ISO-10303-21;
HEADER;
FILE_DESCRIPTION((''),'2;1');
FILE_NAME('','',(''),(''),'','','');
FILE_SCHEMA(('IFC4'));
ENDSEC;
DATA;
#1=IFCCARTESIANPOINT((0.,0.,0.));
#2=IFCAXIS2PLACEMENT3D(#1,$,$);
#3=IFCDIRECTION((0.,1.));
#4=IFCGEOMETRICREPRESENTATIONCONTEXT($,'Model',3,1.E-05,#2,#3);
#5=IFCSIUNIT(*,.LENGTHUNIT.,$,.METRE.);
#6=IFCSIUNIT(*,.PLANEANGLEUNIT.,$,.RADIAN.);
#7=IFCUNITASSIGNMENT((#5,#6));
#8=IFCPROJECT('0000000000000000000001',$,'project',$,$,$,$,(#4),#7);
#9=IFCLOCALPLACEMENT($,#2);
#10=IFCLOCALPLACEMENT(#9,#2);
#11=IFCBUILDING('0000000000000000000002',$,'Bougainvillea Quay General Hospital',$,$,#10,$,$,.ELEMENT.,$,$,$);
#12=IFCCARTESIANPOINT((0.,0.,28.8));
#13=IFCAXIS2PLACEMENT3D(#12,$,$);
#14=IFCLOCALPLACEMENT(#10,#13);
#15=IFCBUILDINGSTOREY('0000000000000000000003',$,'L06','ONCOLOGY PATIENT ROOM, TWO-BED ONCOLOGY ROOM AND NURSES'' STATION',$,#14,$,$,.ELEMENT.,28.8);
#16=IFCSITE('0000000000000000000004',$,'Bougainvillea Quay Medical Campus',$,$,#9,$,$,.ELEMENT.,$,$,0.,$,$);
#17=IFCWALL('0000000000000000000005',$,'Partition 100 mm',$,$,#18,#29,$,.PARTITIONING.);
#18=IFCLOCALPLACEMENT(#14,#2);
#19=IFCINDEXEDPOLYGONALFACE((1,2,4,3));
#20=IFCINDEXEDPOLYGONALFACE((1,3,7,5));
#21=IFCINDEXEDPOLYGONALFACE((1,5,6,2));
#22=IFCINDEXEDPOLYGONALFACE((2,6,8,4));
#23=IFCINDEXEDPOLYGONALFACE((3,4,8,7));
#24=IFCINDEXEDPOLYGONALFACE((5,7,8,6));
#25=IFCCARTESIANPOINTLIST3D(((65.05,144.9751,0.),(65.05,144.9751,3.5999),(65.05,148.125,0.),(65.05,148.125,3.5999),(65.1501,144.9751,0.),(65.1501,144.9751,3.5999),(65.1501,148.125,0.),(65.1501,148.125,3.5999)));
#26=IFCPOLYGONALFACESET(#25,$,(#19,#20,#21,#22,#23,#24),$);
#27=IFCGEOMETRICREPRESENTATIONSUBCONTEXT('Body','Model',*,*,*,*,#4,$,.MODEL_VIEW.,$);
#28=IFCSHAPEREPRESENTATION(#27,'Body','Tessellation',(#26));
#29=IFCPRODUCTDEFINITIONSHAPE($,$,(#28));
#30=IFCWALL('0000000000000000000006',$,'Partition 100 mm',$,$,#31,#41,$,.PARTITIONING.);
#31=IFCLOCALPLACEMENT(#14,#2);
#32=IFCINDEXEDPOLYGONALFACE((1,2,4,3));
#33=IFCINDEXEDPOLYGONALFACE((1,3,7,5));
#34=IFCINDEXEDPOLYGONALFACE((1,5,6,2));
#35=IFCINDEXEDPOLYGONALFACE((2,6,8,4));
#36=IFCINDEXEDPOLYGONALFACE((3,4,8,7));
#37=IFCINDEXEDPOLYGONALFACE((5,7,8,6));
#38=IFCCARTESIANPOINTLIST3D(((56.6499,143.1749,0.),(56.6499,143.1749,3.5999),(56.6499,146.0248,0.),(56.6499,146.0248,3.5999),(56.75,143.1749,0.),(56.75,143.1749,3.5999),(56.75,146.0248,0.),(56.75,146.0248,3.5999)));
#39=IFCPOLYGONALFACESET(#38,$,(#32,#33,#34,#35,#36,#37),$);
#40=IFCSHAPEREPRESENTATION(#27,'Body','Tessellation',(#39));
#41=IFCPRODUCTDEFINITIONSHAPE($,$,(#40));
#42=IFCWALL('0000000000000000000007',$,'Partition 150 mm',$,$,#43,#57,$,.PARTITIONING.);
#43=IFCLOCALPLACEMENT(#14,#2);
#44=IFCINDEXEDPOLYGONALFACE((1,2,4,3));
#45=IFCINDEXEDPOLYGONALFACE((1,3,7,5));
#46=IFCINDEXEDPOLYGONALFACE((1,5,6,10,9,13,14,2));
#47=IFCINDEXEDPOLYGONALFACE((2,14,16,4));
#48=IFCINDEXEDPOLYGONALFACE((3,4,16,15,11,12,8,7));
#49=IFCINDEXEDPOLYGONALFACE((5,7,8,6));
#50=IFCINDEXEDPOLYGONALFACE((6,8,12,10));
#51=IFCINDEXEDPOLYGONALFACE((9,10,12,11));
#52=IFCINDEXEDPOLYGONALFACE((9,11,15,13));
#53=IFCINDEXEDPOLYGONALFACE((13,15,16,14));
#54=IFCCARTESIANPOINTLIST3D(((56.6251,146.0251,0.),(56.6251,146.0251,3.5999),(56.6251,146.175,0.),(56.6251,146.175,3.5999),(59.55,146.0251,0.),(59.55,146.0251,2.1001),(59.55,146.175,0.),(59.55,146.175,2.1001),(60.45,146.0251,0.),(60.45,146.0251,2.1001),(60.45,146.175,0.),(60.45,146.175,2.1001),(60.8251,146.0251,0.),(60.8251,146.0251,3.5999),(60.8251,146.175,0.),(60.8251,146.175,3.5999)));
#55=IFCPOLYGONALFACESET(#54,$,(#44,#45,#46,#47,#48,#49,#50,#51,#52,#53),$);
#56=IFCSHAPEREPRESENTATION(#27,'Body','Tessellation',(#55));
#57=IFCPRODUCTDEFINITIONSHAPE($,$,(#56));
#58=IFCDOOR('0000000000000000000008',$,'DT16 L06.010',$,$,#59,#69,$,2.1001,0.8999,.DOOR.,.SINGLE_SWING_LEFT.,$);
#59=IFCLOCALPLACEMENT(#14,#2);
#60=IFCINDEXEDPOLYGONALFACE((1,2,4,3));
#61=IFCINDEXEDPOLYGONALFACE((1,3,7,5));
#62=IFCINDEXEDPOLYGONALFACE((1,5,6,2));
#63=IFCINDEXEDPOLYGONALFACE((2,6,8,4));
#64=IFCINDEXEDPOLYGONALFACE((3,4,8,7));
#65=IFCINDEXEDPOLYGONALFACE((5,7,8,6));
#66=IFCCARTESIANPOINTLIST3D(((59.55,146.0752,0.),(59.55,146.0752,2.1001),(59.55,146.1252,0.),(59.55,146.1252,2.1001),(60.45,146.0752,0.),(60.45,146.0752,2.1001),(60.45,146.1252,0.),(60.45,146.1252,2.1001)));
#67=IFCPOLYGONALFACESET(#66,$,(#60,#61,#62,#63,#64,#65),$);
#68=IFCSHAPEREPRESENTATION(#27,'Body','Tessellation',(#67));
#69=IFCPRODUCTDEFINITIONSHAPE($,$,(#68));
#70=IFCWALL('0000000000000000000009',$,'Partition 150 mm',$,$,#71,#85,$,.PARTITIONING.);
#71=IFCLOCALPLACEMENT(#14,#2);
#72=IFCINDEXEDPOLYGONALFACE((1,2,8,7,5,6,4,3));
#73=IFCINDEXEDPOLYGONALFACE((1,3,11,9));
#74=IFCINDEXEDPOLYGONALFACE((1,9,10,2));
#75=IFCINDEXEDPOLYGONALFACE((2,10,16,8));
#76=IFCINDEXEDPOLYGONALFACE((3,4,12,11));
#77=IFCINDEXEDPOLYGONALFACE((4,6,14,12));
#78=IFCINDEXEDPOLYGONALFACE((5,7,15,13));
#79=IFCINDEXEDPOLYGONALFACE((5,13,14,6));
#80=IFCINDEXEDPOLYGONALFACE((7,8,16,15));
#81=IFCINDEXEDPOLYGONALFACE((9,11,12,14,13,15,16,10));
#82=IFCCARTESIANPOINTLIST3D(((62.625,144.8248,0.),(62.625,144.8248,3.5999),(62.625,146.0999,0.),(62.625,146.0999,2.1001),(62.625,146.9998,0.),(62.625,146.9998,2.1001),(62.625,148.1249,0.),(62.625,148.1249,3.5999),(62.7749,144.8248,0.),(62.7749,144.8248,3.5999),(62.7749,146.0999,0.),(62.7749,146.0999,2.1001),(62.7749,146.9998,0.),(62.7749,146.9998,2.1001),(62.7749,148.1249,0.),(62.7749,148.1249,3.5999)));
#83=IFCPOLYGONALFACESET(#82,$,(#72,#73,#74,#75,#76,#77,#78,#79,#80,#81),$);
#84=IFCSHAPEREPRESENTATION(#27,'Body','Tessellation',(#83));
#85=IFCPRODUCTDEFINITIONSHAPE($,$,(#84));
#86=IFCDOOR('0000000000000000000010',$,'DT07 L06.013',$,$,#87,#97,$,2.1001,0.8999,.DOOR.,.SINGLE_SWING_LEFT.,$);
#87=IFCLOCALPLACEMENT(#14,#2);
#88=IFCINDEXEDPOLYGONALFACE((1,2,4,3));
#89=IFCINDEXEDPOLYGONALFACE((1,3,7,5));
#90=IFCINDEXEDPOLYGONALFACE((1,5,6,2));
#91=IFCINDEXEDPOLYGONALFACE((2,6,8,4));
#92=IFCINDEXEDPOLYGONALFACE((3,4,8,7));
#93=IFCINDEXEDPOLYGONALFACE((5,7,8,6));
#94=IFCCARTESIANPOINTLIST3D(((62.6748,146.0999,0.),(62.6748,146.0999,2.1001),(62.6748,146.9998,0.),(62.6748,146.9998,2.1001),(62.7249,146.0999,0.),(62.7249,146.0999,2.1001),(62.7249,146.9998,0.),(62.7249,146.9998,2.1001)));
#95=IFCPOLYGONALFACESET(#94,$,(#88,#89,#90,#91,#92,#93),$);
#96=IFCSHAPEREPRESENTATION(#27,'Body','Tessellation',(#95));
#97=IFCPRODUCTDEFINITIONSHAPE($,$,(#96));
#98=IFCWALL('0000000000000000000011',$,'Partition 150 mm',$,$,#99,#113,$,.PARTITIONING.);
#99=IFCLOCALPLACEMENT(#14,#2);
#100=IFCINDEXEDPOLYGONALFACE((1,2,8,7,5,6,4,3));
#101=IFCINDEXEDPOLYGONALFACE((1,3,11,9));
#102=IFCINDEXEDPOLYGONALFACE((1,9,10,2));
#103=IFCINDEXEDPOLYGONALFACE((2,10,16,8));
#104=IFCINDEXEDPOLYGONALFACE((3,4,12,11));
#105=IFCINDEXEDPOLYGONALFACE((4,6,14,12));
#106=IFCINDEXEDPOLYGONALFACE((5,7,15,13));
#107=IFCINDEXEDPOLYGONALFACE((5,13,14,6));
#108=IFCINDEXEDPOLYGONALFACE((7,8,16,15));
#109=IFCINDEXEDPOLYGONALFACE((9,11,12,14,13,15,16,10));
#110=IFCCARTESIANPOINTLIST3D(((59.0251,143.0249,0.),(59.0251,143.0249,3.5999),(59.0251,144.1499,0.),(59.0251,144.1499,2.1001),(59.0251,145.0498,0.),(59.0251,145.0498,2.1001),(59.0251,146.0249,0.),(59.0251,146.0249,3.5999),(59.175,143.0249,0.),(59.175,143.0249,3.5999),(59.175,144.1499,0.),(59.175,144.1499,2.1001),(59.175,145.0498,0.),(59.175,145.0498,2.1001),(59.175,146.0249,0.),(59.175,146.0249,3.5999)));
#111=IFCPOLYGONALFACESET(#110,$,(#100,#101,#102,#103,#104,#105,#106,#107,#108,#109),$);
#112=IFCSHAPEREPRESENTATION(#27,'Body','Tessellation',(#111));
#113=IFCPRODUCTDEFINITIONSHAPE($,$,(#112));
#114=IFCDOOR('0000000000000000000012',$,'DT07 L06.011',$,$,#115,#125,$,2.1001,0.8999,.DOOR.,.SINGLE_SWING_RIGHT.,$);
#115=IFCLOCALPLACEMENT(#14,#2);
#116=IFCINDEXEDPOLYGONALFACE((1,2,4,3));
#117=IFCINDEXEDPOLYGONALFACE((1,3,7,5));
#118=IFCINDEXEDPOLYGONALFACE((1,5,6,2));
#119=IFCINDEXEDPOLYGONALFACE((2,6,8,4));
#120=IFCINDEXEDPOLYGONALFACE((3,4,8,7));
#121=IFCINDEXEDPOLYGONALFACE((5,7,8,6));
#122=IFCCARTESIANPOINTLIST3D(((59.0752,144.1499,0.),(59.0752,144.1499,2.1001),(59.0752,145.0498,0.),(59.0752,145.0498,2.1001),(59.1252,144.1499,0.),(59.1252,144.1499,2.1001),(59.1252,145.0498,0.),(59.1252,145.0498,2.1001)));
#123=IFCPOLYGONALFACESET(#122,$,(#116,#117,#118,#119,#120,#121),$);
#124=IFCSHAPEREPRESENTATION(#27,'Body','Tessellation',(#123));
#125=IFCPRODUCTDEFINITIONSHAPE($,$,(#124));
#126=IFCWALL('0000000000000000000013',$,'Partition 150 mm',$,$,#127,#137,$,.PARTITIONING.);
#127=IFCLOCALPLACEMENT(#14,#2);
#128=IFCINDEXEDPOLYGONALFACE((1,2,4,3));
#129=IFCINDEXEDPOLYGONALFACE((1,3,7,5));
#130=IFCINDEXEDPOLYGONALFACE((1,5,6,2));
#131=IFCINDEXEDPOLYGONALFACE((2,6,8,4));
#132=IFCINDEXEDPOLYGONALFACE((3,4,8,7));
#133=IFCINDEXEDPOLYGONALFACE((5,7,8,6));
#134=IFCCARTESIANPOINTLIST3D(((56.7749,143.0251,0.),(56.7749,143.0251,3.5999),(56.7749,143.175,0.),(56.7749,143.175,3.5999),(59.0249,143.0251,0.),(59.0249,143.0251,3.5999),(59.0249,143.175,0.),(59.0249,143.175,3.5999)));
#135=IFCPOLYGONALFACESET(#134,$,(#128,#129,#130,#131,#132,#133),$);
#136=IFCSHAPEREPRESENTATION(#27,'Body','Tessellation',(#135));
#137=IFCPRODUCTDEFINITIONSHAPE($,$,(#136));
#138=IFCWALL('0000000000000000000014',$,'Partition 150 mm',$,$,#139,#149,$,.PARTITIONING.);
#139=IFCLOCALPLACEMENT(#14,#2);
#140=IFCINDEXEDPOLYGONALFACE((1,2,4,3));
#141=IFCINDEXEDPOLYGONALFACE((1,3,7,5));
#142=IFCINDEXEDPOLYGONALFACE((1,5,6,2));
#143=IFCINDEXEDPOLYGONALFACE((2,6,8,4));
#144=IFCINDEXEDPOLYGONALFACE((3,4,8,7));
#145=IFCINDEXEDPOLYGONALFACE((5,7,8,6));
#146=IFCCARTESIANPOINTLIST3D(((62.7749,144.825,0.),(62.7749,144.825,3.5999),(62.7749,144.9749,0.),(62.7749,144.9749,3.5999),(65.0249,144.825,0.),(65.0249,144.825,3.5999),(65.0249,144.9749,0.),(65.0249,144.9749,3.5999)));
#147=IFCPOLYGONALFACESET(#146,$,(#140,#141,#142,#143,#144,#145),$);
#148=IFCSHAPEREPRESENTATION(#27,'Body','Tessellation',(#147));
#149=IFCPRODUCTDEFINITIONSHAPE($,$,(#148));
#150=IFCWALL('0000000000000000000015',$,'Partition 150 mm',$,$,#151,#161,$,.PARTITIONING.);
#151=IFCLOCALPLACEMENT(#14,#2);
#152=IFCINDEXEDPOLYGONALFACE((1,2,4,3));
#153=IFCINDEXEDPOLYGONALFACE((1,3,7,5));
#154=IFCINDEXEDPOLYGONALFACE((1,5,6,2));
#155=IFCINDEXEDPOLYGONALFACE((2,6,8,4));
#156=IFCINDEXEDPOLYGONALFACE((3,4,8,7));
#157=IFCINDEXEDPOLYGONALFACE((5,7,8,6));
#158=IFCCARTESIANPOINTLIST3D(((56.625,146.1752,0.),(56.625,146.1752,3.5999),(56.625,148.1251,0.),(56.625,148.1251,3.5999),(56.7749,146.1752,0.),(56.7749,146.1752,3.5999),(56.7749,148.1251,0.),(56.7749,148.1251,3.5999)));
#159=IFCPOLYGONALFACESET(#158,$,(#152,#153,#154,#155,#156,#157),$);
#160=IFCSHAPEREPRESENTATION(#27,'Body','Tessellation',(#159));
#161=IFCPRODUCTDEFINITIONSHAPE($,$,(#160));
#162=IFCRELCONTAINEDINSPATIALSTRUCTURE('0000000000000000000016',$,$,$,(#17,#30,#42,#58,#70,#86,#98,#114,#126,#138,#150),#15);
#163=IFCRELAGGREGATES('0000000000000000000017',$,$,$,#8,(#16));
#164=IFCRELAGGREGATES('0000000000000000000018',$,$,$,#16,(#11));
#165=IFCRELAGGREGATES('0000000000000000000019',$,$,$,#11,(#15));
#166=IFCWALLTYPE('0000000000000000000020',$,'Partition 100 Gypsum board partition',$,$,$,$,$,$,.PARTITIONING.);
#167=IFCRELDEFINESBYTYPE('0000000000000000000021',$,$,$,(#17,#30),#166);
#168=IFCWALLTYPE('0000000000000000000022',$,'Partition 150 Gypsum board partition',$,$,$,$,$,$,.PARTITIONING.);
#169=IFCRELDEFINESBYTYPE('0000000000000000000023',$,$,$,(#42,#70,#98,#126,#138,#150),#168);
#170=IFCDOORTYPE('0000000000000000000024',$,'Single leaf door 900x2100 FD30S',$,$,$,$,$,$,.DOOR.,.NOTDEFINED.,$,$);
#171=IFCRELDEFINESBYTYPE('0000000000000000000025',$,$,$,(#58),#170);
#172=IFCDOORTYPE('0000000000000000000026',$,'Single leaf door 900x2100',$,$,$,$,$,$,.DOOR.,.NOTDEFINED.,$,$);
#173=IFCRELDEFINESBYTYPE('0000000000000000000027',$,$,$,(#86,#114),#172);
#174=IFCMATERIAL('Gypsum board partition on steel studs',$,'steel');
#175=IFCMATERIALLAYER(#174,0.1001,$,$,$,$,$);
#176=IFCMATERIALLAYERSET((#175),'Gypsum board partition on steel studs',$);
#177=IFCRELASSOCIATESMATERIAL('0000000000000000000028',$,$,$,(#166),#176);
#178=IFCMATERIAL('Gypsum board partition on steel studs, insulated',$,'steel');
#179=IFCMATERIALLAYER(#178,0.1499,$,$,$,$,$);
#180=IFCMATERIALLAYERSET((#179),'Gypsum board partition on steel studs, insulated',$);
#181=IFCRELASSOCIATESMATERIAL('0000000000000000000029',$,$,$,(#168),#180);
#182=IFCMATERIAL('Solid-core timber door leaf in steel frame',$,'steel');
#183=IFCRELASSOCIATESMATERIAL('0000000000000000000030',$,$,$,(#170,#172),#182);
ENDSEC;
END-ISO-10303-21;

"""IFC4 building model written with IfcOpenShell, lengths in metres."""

from ifc_helpers import new_model, si_unit, direction, frame, frame_2d, origin, place, context, subcontext, project, spatial, rectangle, extrude, material, layer, layer_set, type_object, element, fill, save


model = new_model("IFC4")

# Units and contexts
model_context = context("Model", 3, precision=1e-05, world=origin(), true_north=direction((0.0, 1.0)))
body_context = subcontext(model_context, "Body", "Model", "MODEL_VIEW")
ifc_project = project(units=[si_unit("LENGTHUNIT", "METRE"), si_unit("PLANEANGLEUNIT", "RADIAN")], contexts=[model_context])

# Site, building, storey
site_placement = place(None, origin())
site = spatial("IfcSite", under=ifc_project, at=site_placement, Name="Bougainvillea Quay Medical Campus", CompositionType="ELEMENT", RefElevation=0.0)
building_placement = place(site_placement, origin())
building = spatial("IfcBuilding", under=site, at=building_placement, Name="Bougainvillea Quay General Hospital", CompositionType="ELEMENT")
storey_placement = place(building_placement, frame((0.0, 0.0, 28.8)))
storey = spatial("IfcBuildingStorey", under=building, at=storey_placement, Name="L06", Description="ONCOLOGY PATIENT ROOM, TWO-BED ONCOLOGY ROOM AND NURSES' STATION", CompositionType="ELEMENT", Elevation=28.8)

# Walls
ifc_material_1 = material(Name="Gypsum board partition on steel studs", Category="steel")
ifc_layer_1 = layer(ifc_material_1, 0.1001)
ifc_layer_set_1 = layer_set([ifc_layer_1], Name="Gypsum board partition on steel studs")
wall_type_1 = type_object("IfcWallType", Name="Partition 100 Gypsum board partition", PredefinedType="PARTITIONING", material=ifc_layer_set_1)
wall_1_placement = place(storey_placement, frame((65.1001, 144.9751, 0.0), z_axis=(0.0, 0.0, 1.0), x_axis=(0.0, 1.0, 0.0)))
element("IfcWall", 1, at=wall_1_placement, inside=storey, type_object=wall_type_1, Name="Partition 100 mm", PredefinedType="PARTITIONING", context=body_context, shape_type="SweptSolid", body=[
    extrude(rectangle(XDim=3.1499, YDim=0.1001, at=frame_2d((1.575, 0.0))), origin(), (0.0, 0.0, 1.0), 3.5999),
])
wall_2_placement = place(storey_placement, frame((56.7, 143.175, 0.0), z_axis=(0.0, 0.0, 1.0), x_axis=(0.0, 1.0, 0.0)))
element("IfcWall", 2, at=wall_2_placement, inside=storey, type_object=wall_type_1, Name="Partition 100 mm", PredefinedType="PARTITIONING", context=body_context, shape_type="SweptSolid", body=[
    extrude(rectangle(XDim=2.8499, YDim=0.1001, at=frame_2d((1.4248, 0.0))), origin(), (0.0, 0.0, 1.0), 3.5999),
])

# Walls, openings, doors
ifc_material_2 = material(Name="Gypsum board partition on steel studs, insulated", Category="steel")
ifc_layer_2 = layer(ifc_material_2, 0.1499)
ifc_layer_set_2 = layer_set([ifc_layer_2], Name="Gypsum board partition on steel studs, insulated")
wall_type_2 = type_object("IfcWallType", Name="Partition 150 Gypsum board partition", PredefinedType="PARTITIONING", material=ifc_layer_set_2)
wall_3_placement = place(storey_placement, frame((56.625, 146.1001, 0.0), z_axis=(0.0, 0.0, 1.0), x_axis=(1.0, 0.0, 0.0)))
wall_3 = element("IfcWall", 3, at=wall_3_placement, inside=storey, type_object=wall_type_2, Name="Partition 150 mm", PredefinedType="PARTITIONING", context=body_context, shape_type="SweptSolid", body=[
    extrude(rectangle(XDim=4.2, YDim=0.1499, at=frame_2d((2.1001, 0.0))), origin(), (0.0, 0.0, 1.0), 3.5999),
])
opening_1_placement = place(wall_3_placement, frame((2.925, 0.0, 0.0)))
opening_1 = element("IfcOpeningElement", 4, at=opening_1_placement, cuts=wall_3, PredefinedType="OPENING", context=body_context, shape_type="SweptSolid", body=[
    extrude(rectangle(XDim=0.8999, YDim=2.1001, at=frame_2d((0.45, 1.05))), frame((0.0, 0.085, 0.0), z_axis=(0.0, -1.0, 0.0), x_axis=(1.0, 0.0, 0.0)), (0.0, 0.0, 1.0), 0.1699),
])
ifc_material_3 = material(Name="Solid-core timber door leaf in steel frame", Category="steel")
door_type_1 = type_object("IfcDoorType", Name="Single leaf door 900x2100 FD30S", OperationType="NOTDEFINED", PredefinedType="DOOR", material=ifc_material_3)
door_1_placement = place(opening_1_placement, frame((0.8999, 0.0, 0.0), z_axis=(0.0, 0.0, 1.0), x_axis=(-1.0, 0.0, 0.0)))
door_1 = element("IfcDoor", 5, at=door_1_placement, inside=storey, type_object=door_type_1, Name="DT16 L06.010", OperationType="SINGLE_SWING_LEFT", OverallHeight=2.1001, OverallWidth=0.8999, PredefinedType="DOOR", context=body_context, shape_type="SweptSolid", body=[
    extrude(rectangle(XDim=0.8999, YDim=2.1001, at=frame_2d((0.45, 1.05))), frame((0.0, 0.0249, 0.0), z_axis=(0.0, -1.0, 0.0), x_axis=(1.0, 0.0, 0.0)), (0.0, 0.0, 1.0), 0.05),
])
fill(opening_1, door_1)
wall_4_placement = place(storey_placement, frame((62.7, 144.825, 0.0), z_axis=(0.0, 0.0, 1.0), x_axis=(0.0, 1.0, 0.0)))
wall_4 = element("IfcWall", 6, at=wall_4_placement, inside=storey, type_object=wall_type_2, Name="Partition 150 mm", PredefinedType="PARTITIONING", context=body_context, shape_type="SweptSolid", body=[
    extrude(rectangle(XDim=3.3, YDim=0.1499, at=frame_2d((1.6499, 0.0))), origin(), (0.0, 0.0, 1.0), 3.5999),
])
opening_2_placement = place(wall_4_placement, frame((1.2749, 0.0, 0.0)))
opening_2 = element("IfcOpeningElement", 7, at=opening_2_placement, cuts=wall_4, PredefinedType="OPENING", context=body_context, shape_type="SweptSolid", body=[
    extrude(rectangle(XDim=0.8999, YDim=2.1001, at=frame_2d((0.45, 1.05))), frame((0.0, 0.085, 0.0), z_axis=(0.0, -1.0, 0.0), x_axis=(1.0, 0.0, 0.0)), (0.0, 0.0, 1.0), 0.1699),
])
door_type_2 = type_object("IfcDoorType", Name="Single leaf door 900x2100", OperationType="NOTDEFINED", PredefinedType="DOOR", material=ifc_material_3)
door_2_placement = place(opening_2_placement, frame((0.8999, 0.0, 0.0), z_axis=(0.0, 0.0, 1.0), x_axis=(-1.0, 0.0, 0.0)))
door_2 = element("IfcDoor", 8, at=door_2_placement, inside=storey, type_object=door_type_2, Name="DT07 L06.013", OperationType="SINGLE_SWING_LEFT", OverallHeight=2.1001, OverallWidth=0.8999, PredefinedType="DOOR", context=body_context, shape_type="SweptSolid", body=[
    extrude(rectangle(XDim=0.8999, YDim=2.1001, at=frame_2d((0.45, 1.05))), frame((0.0, 0.0249, 0.0), z_axis=(0.0, -1.0, 0.0), x_axis=(1.0, 0.0, 0.0)), (0.0, 0.0, 1.0), 0.05),
])
fill(opening_2, door_2)
wall_5_placement = place(storey_placement, frame((59.1001, 143.0249, 0.0), z_axis=(0.0, 0.0, 1.0), x_axis=(0.0, 1.0, 0.0)))
wall_5 = element("IfcWall", 9, at=wall_5_placement, inside=storey, type_object=wall_type_2, Name="Partition 150 mm", PredefinedType="PARTITIONING", context=body_context, shape_type="SweptSolid", body=[
    extrude(rectangle(XDim=3.0, YDim=0.1499, at=frame_2d((1.5, 0.0))), origin(), (0.0, 0.0, 1.0), 3.5999),
])
opening_3_placement = place(wall_5_placement, frame((1.125, 0.0, 0.0)))
opening_3 = element("IfcOpeningElement", 10, at=opening_3_placement, cuts=wall_5, PredefinedType="OPENING", context=body_context, shape_type="SweptSolid", body=[
    extrude(rectangle(XDim=0.8999, YDim=2.1001, at=frame_2d((0.45, 1.05))), frame((0.0, 0.085, 0.0), z_axis=(0.0, -1.0, 0.0), x_axis=(1.0, 0.0, 0.0)), (0.0, 0.0, 1.0), 0.1699),
])
door_3_placement = place(opening_3_placement, origin())
door_3 = element("IfcDoor", 11, at=door_3_placement, inside=storey, type_object=door_type_2, Name="DT07 L06.011", OperationType="SINGLE_SWING_RIGHT", OverallHeight=2.1001, OverallWidth=0.8999, PredefinedType="DOOR", context=body_context, shape_type="SweptSolid", body=[
    extrude(rectangle(XDim=0.8999, YDim=2.1001, at=frame_2d((0.45, 1.05))), frame((0.0, 0.0249, 0.0), z_axis=(0.0, -1.0, 0.0), x_axis=(1.0, 0.0, 0.0)), (0.0, 0.0, 1.0), 0.05),
])
fill(opening_3, door_3)

# Walls
for number, where, z_axis, x_axis, name in (
    (12, (56.7749, 143.1001, 0.0), (0.0, 0.0, 1.0), (1.0, 0.0, 0.0), "Partition 150 mm"),
    (13, (62.7749, 144.8999, 0.0), (0.0, 0.0, 1.0), (1.0, 0.0, 0.0), "Partition 150 mm"),
):
    element("IfcWall", number, at=place(storey_placement, frame(where, z_axis=z_axis, x_axis=x_axis)), inside=storey, type_object=wall_type_2, Name=name, PredefinedType="PARTITIONING", context=body_context, shape_type="SweptSolid", body=[
        extrude(rectangle(XDim=2.25, YDim=0.1499, at=frame_2d((1.125, 0.0))), origin(), (0.0, 0.0, 1.0), 3.5999),
    ])
wall_6_placement = place(storey_placement, frame((56.7, 146.175, 0.0), z_axis=(0.0, 0.0, 1.0), x_axis=(0.0, 1.0, 0.0)))
element("IfcWall", 14, at=wall_6_placement, inside=storey, type_object=wall_type_2, Name="Partition 150 mm", PredefinedType="PARTITIONING", context=body_context, shape_type="SweptSolid", body=[
    extrude(rectangle(XDim=1.95, YDim=0.1499, at=frame_2d((0.9751, 0.0))), origin(), (0.0, 0.0, 1.0), 3.5999),
])

save(model, "model.ifc")
